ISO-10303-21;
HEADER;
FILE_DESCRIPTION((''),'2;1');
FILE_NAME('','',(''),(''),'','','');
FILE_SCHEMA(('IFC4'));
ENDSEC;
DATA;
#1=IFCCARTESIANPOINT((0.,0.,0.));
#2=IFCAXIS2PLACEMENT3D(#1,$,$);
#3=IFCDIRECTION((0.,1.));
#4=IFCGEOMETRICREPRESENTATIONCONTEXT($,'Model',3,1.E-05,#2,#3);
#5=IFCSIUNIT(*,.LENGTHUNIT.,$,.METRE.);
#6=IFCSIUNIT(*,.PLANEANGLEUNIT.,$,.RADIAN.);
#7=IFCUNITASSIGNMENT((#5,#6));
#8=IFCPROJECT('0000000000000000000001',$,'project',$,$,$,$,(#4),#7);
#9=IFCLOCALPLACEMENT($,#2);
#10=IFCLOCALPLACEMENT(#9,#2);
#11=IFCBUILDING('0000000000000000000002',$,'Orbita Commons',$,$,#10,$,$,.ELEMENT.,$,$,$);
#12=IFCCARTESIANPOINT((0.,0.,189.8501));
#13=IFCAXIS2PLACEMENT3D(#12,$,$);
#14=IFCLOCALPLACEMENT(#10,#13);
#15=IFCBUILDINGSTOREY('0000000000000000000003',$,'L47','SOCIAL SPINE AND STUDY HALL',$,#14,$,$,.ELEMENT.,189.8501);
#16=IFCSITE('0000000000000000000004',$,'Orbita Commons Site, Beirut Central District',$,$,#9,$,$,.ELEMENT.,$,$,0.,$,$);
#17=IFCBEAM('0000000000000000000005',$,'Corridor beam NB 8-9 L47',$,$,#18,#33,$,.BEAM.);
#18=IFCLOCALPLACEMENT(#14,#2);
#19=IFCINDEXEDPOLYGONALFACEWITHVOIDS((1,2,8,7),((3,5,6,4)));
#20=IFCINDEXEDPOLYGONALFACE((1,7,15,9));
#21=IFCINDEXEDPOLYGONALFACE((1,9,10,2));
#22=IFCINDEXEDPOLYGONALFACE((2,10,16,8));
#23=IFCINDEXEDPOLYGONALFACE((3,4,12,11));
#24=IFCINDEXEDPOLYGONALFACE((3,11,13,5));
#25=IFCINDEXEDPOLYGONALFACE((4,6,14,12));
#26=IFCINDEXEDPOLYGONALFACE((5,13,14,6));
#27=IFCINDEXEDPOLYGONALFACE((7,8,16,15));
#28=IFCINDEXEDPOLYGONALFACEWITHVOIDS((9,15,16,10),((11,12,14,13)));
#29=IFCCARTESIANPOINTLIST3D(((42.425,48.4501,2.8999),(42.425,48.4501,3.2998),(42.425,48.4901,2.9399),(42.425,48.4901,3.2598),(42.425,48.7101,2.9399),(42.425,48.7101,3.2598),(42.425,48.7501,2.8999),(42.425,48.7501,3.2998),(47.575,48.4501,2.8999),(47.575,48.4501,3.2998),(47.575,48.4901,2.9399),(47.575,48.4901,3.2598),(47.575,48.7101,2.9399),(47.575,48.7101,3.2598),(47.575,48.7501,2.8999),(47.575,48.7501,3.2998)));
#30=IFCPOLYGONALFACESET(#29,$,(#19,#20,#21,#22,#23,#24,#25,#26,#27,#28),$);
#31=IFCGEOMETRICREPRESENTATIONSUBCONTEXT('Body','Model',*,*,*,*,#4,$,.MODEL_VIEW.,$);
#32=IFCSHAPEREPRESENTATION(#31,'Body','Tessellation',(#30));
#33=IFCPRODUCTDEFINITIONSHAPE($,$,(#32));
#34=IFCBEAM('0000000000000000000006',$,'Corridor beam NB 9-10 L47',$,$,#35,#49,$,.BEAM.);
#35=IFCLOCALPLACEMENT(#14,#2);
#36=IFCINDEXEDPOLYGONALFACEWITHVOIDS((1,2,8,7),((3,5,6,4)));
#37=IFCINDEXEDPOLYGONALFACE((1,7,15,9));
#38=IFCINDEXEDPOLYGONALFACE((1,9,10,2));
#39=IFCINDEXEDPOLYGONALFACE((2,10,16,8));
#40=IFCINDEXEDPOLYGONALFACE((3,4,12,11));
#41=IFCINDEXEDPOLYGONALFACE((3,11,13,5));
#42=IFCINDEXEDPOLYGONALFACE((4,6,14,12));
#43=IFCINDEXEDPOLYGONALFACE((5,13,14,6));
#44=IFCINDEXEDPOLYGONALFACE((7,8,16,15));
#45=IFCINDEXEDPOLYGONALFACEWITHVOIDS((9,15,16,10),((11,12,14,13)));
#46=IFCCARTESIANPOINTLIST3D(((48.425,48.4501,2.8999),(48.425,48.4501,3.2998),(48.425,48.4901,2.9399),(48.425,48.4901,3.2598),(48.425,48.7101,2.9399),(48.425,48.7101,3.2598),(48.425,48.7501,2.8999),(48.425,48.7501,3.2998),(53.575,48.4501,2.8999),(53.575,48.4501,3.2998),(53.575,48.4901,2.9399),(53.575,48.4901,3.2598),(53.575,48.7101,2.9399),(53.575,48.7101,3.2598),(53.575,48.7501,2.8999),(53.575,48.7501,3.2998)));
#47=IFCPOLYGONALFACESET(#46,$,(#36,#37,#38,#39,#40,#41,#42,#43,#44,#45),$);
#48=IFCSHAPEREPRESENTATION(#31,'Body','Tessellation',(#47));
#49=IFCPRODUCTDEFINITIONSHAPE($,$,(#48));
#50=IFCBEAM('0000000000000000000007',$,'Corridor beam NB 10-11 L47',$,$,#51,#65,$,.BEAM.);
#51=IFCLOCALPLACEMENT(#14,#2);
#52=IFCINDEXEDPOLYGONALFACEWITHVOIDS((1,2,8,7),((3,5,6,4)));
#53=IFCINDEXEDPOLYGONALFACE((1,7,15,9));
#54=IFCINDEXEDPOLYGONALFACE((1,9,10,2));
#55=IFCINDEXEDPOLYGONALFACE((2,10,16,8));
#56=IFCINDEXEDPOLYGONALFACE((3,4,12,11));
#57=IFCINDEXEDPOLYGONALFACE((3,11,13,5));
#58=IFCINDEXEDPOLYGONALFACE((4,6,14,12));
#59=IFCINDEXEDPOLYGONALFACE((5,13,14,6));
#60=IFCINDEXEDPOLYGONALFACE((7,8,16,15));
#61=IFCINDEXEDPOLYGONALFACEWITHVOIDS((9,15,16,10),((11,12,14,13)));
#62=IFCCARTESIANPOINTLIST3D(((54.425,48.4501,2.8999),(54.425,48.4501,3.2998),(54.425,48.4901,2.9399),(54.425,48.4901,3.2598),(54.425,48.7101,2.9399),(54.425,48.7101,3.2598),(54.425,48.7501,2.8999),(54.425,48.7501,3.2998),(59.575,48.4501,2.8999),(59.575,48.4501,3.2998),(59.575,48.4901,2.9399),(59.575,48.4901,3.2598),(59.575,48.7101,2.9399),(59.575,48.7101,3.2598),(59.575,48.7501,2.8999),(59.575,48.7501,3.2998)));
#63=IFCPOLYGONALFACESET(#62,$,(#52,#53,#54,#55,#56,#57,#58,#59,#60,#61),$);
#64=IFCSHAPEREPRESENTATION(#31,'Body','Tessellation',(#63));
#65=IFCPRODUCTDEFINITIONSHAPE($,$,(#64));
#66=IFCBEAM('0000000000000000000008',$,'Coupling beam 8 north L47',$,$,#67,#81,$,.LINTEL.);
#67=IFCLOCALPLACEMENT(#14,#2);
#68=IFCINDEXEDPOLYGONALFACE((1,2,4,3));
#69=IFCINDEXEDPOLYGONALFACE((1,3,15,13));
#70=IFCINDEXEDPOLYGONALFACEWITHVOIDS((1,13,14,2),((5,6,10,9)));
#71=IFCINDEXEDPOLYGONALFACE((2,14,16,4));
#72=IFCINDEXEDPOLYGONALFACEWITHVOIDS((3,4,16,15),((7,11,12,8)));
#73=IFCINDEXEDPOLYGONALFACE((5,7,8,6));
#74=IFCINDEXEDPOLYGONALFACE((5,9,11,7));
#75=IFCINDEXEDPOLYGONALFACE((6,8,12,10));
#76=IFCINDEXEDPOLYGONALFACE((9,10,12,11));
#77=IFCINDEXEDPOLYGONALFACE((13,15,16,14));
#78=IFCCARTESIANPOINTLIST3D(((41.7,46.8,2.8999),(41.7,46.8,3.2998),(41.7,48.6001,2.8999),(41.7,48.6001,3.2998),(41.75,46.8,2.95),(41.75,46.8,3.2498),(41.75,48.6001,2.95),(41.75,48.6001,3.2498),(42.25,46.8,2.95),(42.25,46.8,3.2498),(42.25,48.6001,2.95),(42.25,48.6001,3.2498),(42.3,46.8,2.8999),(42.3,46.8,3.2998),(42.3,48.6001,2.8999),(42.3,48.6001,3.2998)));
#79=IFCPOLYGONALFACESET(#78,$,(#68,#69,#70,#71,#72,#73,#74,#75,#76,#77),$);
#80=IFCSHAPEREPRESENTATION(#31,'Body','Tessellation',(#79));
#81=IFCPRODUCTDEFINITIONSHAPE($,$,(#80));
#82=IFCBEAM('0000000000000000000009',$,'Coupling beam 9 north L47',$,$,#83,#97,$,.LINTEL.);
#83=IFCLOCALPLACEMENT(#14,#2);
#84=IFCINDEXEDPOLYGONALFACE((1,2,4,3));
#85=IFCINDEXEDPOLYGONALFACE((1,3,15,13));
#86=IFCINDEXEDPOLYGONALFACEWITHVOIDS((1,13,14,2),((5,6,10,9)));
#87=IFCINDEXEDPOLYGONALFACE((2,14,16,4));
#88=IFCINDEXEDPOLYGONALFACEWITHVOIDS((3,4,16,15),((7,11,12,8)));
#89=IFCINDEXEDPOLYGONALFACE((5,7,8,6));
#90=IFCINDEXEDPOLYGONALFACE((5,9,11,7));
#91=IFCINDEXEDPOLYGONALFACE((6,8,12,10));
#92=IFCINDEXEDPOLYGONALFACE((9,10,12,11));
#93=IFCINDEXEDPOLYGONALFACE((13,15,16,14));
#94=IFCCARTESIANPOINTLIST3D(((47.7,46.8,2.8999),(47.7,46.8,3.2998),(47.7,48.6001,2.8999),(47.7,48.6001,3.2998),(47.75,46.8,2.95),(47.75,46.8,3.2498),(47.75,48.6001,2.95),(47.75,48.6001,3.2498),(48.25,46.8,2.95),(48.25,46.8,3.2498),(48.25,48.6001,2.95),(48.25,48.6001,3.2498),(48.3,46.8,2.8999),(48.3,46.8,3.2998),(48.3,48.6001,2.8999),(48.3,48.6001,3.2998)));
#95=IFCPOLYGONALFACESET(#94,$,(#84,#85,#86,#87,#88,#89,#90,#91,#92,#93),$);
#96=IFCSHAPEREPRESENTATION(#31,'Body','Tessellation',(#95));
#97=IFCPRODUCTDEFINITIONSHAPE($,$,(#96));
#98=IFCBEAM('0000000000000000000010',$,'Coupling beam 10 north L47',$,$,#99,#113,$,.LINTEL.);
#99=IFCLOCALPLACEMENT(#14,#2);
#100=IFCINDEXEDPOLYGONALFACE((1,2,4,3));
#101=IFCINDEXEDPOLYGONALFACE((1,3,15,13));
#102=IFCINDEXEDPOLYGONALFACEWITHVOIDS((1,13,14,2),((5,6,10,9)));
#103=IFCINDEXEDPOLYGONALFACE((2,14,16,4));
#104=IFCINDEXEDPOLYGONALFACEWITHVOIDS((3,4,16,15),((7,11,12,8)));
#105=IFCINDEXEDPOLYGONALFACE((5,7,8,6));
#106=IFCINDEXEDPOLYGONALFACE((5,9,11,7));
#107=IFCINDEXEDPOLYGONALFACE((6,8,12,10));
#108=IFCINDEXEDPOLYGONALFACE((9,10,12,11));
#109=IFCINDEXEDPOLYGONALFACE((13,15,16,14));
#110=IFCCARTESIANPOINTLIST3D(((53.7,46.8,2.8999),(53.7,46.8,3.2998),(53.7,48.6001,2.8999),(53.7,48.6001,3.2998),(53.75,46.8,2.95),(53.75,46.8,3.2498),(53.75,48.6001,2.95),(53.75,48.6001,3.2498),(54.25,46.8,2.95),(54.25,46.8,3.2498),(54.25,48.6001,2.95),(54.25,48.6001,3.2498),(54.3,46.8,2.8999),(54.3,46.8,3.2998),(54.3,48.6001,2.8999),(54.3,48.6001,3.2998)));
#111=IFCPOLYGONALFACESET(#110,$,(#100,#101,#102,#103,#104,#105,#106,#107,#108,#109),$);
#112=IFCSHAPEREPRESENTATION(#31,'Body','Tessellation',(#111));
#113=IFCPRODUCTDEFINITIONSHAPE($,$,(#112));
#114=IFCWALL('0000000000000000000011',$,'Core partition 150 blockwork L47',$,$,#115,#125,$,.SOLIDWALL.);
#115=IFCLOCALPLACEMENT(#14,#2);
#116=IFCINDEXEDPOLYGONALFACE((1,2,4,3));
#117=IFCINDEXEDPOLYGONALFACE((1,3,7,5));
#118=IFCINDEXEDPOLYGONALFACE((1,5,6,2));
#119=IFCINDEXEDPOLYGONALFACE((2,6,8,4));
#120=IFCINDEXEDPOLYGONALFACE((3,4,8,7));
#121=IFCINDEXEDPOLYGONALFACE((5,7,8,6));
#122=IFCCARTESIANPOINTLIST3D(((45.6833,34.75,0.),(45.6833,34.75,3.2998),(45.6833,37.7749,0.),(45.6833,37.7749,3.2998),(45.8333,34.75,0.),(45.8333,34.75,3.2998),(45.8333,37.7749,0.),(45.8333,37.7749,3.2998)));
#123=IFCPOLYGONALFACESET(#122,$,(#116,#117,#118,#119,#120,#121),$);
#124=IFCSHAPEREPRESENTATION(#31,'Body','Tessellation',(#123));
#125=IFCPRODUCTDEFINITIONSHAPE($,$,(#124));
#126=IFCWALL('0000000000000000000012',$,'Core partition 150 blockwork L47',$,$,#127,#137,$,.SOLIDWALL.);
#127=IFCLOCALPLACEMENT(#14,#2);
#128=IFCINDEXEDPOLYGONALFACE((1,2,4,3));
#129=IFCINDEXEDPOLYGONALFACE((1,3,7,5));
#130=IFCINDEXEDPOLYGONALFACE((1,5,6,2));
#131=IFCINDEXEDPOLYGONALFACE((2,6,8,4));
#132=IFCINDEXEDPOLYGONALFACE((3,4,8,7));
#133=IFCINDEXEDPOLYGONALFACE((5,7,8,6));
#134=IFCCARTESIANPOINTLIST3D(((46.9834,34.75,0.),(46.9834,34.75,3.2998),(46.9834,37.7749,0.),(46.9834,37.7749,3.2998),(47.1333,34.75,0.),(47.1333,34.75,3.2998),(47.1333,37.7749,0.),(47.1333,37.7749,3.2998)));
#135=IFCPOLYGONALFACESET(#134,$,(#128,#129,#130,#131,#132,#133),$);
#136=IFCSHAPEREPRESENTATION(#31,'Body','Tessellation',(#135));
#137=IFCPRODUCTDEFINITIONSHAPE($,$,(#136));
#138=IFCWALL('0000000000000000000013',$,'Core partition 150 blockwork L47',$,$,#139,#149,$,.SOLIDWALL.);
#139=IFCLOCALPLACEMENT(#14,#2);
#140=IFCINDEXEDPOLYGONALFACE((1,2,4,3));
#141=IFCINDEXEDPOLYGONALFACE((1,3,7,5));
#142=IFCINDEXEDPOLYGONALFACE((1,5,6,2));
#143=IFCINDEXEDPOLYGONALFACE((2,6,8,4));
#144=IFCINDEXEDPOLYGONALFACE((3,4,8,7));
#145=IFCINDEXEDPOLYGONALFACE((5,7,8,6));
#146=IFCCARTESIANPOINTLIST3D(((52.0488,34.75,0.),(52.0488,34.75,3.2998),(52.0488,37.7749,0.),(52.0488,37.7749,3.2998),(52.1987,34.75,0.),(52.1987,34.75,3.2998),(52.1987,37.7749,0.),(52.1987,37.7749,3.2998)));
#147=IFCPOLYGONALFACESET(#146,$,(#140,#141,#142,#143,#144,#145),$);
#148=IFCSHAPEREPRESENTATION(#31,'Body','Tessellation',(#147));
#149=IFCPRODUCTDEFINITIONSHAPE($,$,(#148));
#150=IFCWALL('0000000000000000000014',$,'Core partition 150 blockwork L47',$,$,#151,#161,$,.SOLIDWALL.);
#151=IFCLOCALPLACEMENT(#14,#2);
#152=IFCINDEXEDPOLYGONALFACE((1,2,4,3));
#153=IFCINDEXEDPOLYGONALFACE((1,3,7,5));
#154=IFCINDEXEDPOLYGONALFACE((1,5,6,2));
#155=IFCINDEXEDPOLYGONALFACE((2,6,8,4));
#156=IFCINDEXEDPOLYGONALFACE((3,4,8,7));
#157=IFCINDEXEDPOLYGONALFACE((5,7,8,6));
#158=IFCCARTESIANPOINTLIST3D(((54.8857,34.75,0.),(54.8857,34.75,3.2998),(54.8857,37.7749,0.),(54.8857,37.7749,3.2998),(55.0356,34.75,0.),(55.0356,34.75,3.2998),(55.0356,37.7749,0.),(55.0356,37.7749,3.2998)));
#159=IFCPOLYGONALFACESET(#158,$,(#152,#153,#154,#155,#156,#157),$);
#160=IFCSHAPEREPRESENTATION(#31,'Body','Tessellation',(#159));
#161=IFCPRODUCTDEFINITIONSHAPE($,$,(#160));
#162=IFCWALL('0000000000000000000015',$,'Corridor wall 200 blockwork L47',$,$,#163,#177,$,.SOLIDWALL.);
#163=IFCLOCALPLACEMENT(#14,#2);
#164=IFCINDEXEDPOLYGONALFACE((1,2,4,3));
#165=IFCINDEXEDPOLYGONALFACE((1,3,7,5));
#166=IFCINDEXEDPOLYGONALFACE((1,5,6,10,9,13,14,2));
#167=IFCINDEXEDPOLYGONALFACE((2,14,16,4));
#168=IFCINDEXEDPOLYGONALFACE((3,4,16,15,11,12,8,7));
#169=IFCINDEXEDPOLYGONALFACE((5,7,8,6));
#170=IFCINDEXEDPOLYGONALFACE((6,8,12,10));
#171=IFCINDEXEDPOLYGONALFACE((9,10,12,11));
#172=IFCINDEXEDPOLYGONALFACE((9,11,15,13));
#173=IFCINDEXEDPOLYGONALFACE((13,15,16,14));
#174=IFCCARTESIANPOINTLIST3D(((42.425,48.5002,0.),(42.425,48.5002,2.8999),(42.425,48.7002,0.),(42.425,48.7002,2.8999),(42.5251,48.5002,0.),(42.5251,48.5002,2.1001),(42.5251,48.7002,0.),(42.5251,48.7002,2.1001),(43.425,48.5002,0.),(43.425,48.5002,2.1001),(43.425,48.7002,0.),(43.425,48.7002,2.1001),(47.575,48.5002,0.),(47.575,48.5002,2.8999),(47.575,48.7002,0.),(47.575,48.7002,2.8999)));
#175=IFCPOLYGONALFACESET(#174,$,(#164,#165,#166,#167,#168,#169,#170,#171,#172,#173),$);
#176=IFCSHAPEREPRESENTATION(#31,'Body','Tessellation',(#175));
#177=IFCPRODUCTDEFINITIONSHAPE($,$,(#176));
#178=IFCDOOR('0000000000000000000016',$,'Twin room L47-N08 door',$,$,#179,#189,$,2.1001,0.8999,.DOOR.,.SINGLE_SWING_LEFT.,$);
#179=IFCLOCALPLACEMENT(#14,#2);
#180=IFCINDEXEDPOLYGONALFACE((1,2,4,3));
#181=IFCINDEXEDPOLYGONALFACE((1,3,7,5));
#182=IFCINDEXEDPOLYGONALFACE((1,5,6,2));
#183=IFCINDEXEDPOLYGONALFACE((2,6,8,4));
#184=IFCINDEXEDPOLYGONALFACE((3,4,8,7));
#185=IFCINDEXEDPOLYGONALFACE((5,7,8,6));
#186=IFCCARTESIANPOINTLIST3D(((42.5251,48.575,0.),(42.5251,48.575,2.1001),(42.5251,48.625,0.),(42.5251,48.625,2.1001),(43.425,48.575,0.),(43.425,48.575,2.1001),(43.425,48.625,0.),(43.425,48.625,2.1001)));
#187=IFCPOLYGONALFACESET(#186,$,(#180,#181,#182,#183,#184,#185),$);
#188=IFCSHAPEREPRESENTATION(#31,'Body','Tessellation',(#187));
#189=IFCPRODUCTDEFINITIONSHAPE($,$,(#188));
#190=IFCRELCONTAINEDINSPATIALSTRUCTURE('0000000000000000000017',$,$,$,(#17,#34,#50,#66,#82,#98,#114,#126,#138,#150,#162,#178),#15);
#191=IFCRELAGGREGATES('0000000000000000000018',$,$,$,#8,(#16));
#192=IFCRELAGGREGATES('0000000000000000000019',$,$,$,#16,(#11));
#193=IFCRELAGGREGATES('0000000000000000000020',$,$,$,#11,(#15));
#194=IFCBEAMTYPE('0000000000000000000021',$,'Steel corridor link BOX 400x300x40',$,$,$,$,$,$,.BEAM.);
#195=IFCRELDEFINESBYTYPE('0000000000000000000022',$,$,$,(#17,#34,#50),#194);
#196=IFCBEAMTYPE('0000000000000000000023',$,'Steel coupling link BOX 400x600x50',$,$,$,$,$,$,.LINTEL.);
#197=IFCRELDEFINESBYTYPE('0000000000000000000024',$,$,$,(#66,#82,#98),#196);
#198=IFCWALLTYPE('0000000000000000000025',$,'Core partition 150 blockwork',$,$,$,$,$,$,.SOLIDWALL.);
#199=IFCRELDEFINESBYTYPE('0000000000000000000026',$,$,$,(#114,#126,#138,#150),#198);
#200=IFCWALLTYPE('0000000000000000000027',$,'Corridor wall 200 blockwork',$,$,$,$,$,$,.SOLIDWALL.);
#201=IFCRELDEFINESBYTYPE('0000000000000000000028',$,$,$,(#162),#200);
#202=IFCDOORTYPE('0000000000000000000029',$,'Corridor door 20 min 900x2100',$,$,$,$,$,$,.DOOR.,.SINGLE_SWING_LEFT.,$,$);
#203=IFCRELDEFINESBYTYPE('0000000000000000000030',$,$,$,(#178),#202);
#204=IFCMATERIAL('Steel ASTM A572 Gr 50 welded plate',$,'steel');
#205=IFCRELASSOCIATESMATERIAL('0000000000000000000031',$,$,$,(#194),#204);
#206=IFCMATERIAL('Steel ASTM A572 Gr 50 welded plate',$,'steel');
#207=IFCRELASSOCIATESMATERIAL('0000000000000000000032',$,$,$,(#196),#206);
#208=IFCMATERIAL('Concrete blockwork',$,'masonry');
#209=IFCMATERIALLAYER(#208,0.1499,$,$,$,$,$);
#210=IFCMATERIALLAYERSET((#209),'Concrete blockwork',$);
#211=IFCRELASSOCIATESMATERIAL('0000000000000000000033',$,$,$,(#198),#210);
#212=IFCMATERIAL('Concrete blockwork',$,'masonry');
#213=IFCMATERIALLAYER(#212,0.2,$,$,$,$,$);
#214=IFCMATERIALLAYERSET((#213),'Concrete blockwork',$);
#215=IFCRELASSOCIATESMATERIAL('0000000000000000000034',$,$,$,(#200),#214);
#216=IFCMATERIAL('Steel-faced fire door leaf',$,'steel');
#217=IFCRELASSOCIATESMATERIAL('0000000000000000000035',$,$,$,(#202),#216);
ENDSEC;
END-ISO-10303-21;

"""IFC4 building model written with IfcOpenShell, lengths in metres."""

from ifc_helpers import new_model, si_unit, direction, frame, frame_2d, origin, origin_2d, place, context, subcontext, project, spatial, polyline, rectangle, hollow_rectangle, outline, extrude, material, layer, layer_set, material_profile, profile_set, type_object, element, fill, save


model = new_model("IFC4")

# Units and contexts
model_context = context("Model", 3, precision=1e-05, world=origin(), true_north=direction((0.0, 1.0)))
body_context = subcontext(model_context, "Body", "Model", "MODEL_VIEW")
ifc_project = project(units=[si_unit("LENGTHUNIT", "METRE"), si_unit("PLANEANGLEUNIT", "RADIAN")], contexts=[model_context])

# Site, building, storey
site_placement = place(None, origin())
site = spatial("IfcSite", under=ifc_project, at=site_placement, Name="Orbita Commons Site, Beirut Central District", CompositionType="ELEMENT", RefElevation=0.0)
building_placement = place(site_placement, origin())
building = spatial("IfcBuilding", under=site, at=building_placement, Name="Orbita Commons", CompositionType="ELEMENT")
storey_placement = place(building_placement, frame((0.0, 0.0, 189.8501)))
storey = spatial("IfcBuildingStorey", under=building, at=storey_placement, Name="L47", Description="SOCIAL SPINE AND STUDY HALL", CompositionType="ELEMENT", Elevation=189.8501)

# Beams
ifc_material_1 = material(Name="Steel ASTM A572 Gr 50 welded plate", Category="steel")
ifc_material_profile_1 = material_profile(ifc_material_1, hollow_rectangle(XDim=0.3, YDim=0.3999, WallThickness=0.04, at=origin_2d()), Name="BOX 400x300x40")
ifc_profile_set_1 = profile_set([ifc_material_profile_1], Name="Steel ASTM A572 Gr 50 welded plate")
beam_type_1 = type_object("IfcBeamType", Name="Steel corridor link BOX 400x300x40", PredefinedType="BEAM", material=ifc_profile_set_1)
for number, where, z_axis, x_axis, name in (
    (1, (42.425, 48.6001, 3.0999), (1.0, 0.0, 0.0), (0.0, 1.0, 0.0), "Corridor beam NB 8-9 L47"),
    (2, (48.425, 48.6001, 3.0999), (1.0, 0.0, 0.0), (0.0, 1.0, 0.0), "Corridor beam NB 9-10 L47"),
    (3, (54.425, 48.6001, 3.0999), (1.0, 0.0, 0.0), (0.0, 1.0, 0.0), "Corridor beam NB 10-11 L47"),
):
    element("IfcBeam", number, at=place(storey_placement, frame(where, z_axis=z_axis, x_axis=x_axis)), inside=storey, type_object=beam_type_1, Name=name, PredefinedType="BEAM", context=body_context, shape_type="SweptSolid", body=[
        extrude(hollow_rectangle(XDim=0.3, YDim=0.3999, WallThickness=0.04, at=origin_2d()), origin(), (0.0, 0.0, 1.0), 5.1499),
    ])
ifc_material_2 = material(Name="Steel ASTM A572 Gr 50 welded plate", Category="steel")
ifc_material_profile_2 = material_profile(ifc_material_2, hollow_rectangle(XDim=0.6001, YDim=0.3999, WallThickness=0.05, at=origin_2d()), Name="BOX 400x600x50")
ifc_profile_set_2 = profile_set([ifc_material_profile_2], Name="Steel ASTM A572 Gr 50 welded plate")
beam_type_2 = type_object("IfcBeamType", Name="Steel coupling link BOX 400x600x50", PredefinedType="LINTEL", material=ifc_profile_set_2)
for number, where, z_axis, x_axis, name in (
    (4, (42.0, 46.8, 3.0999), (0.0, 1.0, 0.0), (-1.0, 0.0, 0.0), "Coupling beam 8 north L47"),
    (5, (48.0, 46.8, 3.0999), (0.0, 1.0, 0.0), (-1.0, 0.0, 0.0), "Coupling beam 9 north L47"),
    (6, (54.0, 46.8, 3.0999), (0.0, 1.0, 0.0), (-1.0, 0.0, 0.0), "Coupling beam 10 north L47"),
):
    element("IfcBeam", number, at=place(storey_placement, frame(where, z_axis=z_axis, x_axis=x_axis)), inside=storey, type_object=beam_type_2, Name=name, PredefinedType="LINTEL", context=body_context, shape_type="SweptSolid", body=[
        extrude(hollow_rectangle(XDim=0.6001, YDim=0.3999, WallThickness=0.05, at=origin_2d()), origin(), (0.0, 0.0, 1.0), 1.8),
    ])

# Walls
ifc_material_3 = material(Name="Concrete blockwork", Category="masonry")
ifc_layer_1 = layer(ifc_material_3, 0.1499)
ifc_layer_set_1 = layer_set([ifc_layer_1], Name="Concrete blockwork")
wall_type_1 = type_object("IfcWallType", Name="Core partition 150 blockwork", PredefinedType="SOLIDWALL", material=ifc_layer_set_1)
for number, where, z_axis, x_axis, name in (
    (7, (45.7583, 34.75, 0.0), (0.0, 0.0, 1.0), (0.0, 1.0, 0.0), "Core partition 150 blockwork L47"),
    (8, (47.0583, 34.75, 0.0), (0.0, 0.0, 1.0), (0.0, 1.0, 0.0), "Core partition 150 blockwork L47"),
    (9, (52.1238, 34.75, 0.0), (0.0, 0.0, 1.0), (0.0, 1.0, 0.0), "Core partition 150 blockwork L47"),
    (10, (54.9607, 34.75, 0.0), (0.0, 0.0, 1.0), (0.0, 1.0, 0.0), "Core partition 150 blockwork L47"),
):
    element("IfcWall", number, at=place(storey_placement, frame(where, z_axis=z_axis, x_axis=x_axis)), inside=storey, type_object=wall_type_1, Name=name, PredefinedType="SOLIDWALL", context=body_context, shape_type="SweptSolid", body=[
        extrude(rectangle(XDim=3.0249, YDim=0.1499, at=frame_2d((1.5125, 0.0))), origin(), (0.0, 0.0, 1.0), 3.2998),
    ])

# Wall, opening, door
ifc_material_4 = material(Name="Concrete blockwork", Category="masonry")
ifc_layer_2 = layer(ifc_material_4, 0.2)
ifc_layer_set_2 = layer_set([ifc_layer_2], Name="Concrete blockwork")
wall_type_2 = type_object("IfcWallType", Name="Corridor wall 200 blockwork", PredefinedType="SOLIDWALL", material=ifc_layer_set_2)
wall_1_placement = place(storey_placement, frame((42.425, 48.6001, 0.0), z_axis=(0.0, 0.0, 1.0), x_axis=(1.0, 0.0, 0.0)))
wall_1 = element("IfcWall", 11, at=wall_1_placement, inside=storey, type_object=wall_type_2, Name="Corridor wall 200 blockwork L47", PredefinedType="SOLIDWALL", context=body_context, shape_type="SweptSolid", body=[
    extrude(outline(polyline([(0.0, 0.0), (5.1499, 0.0), (5.1499, 2.8999), (0.0, 2.8999), (0.0, 0.0)])), frame((0.0, 0.1001, 0.0), z_axis=(0.0, -1.0, 0.0), x_axis=(1.0, 0.0, 0.0)), (0.0, 0.0, 1.0), 0.2),
])
opening_1_placement = place(wall_1_placement, frame((0.1001, 0.0, 0.0)))
opening_1 = element("IfcOpeningElement", 12, at=opening_1_placement, cuts=wall_1, PredefinedType="OPENING", context=body_context, shape_type="SweptSolid", body=[
    extrude(rectangle(XDim=0.8999, YDim=2.1001, at=frame_2d((0.45, 1.05))), frame((0.0, 0.1099, 0.0), z_axis=(0.0, -1.0, 0.0), x_axis=(1.0, 0.0, 0.0)), (0.0, 0.0, 1.0), 0.22),
])
ifc_material_5 = material(Name="Steel-faced fire door leaf", Category="steel")
door_type_1 = type_object("IfcDoorType", Name="Corridor door 20 min 900x2100", OperationType="SINGLE_SWING_LEFT", PredefinedType="DOOR", material=ifc_material_5)
door_1_placement = place(opening_1_placement, origin())
door_1 = element("IfcDoor", 13, at=door_1_placement, inside=storey, type_object=door_type_1, Name="Twin room L47-N08 door", OperationType="SINGLE_SWING_LEFT", OverallHeight=2.1001, OverallWidth=0.8999, PredefinedType="DOOR", context=body_context, shape_type="SweptSolid", body=[
    extrude(rectangle(XDim=0.8999, YDim=2.1001, at=frame_2d((0.45, 1.05))), frame((0.0, 0.0249, 0.0), z_axis=(0.0, -1.0, 0.0), x_axis=(1.0, 0.0, 0.0)), (0.0, 0.0, 1.0), 0.05),
])
fill(opening_1, door_1)

save(model, "model.ifc")
